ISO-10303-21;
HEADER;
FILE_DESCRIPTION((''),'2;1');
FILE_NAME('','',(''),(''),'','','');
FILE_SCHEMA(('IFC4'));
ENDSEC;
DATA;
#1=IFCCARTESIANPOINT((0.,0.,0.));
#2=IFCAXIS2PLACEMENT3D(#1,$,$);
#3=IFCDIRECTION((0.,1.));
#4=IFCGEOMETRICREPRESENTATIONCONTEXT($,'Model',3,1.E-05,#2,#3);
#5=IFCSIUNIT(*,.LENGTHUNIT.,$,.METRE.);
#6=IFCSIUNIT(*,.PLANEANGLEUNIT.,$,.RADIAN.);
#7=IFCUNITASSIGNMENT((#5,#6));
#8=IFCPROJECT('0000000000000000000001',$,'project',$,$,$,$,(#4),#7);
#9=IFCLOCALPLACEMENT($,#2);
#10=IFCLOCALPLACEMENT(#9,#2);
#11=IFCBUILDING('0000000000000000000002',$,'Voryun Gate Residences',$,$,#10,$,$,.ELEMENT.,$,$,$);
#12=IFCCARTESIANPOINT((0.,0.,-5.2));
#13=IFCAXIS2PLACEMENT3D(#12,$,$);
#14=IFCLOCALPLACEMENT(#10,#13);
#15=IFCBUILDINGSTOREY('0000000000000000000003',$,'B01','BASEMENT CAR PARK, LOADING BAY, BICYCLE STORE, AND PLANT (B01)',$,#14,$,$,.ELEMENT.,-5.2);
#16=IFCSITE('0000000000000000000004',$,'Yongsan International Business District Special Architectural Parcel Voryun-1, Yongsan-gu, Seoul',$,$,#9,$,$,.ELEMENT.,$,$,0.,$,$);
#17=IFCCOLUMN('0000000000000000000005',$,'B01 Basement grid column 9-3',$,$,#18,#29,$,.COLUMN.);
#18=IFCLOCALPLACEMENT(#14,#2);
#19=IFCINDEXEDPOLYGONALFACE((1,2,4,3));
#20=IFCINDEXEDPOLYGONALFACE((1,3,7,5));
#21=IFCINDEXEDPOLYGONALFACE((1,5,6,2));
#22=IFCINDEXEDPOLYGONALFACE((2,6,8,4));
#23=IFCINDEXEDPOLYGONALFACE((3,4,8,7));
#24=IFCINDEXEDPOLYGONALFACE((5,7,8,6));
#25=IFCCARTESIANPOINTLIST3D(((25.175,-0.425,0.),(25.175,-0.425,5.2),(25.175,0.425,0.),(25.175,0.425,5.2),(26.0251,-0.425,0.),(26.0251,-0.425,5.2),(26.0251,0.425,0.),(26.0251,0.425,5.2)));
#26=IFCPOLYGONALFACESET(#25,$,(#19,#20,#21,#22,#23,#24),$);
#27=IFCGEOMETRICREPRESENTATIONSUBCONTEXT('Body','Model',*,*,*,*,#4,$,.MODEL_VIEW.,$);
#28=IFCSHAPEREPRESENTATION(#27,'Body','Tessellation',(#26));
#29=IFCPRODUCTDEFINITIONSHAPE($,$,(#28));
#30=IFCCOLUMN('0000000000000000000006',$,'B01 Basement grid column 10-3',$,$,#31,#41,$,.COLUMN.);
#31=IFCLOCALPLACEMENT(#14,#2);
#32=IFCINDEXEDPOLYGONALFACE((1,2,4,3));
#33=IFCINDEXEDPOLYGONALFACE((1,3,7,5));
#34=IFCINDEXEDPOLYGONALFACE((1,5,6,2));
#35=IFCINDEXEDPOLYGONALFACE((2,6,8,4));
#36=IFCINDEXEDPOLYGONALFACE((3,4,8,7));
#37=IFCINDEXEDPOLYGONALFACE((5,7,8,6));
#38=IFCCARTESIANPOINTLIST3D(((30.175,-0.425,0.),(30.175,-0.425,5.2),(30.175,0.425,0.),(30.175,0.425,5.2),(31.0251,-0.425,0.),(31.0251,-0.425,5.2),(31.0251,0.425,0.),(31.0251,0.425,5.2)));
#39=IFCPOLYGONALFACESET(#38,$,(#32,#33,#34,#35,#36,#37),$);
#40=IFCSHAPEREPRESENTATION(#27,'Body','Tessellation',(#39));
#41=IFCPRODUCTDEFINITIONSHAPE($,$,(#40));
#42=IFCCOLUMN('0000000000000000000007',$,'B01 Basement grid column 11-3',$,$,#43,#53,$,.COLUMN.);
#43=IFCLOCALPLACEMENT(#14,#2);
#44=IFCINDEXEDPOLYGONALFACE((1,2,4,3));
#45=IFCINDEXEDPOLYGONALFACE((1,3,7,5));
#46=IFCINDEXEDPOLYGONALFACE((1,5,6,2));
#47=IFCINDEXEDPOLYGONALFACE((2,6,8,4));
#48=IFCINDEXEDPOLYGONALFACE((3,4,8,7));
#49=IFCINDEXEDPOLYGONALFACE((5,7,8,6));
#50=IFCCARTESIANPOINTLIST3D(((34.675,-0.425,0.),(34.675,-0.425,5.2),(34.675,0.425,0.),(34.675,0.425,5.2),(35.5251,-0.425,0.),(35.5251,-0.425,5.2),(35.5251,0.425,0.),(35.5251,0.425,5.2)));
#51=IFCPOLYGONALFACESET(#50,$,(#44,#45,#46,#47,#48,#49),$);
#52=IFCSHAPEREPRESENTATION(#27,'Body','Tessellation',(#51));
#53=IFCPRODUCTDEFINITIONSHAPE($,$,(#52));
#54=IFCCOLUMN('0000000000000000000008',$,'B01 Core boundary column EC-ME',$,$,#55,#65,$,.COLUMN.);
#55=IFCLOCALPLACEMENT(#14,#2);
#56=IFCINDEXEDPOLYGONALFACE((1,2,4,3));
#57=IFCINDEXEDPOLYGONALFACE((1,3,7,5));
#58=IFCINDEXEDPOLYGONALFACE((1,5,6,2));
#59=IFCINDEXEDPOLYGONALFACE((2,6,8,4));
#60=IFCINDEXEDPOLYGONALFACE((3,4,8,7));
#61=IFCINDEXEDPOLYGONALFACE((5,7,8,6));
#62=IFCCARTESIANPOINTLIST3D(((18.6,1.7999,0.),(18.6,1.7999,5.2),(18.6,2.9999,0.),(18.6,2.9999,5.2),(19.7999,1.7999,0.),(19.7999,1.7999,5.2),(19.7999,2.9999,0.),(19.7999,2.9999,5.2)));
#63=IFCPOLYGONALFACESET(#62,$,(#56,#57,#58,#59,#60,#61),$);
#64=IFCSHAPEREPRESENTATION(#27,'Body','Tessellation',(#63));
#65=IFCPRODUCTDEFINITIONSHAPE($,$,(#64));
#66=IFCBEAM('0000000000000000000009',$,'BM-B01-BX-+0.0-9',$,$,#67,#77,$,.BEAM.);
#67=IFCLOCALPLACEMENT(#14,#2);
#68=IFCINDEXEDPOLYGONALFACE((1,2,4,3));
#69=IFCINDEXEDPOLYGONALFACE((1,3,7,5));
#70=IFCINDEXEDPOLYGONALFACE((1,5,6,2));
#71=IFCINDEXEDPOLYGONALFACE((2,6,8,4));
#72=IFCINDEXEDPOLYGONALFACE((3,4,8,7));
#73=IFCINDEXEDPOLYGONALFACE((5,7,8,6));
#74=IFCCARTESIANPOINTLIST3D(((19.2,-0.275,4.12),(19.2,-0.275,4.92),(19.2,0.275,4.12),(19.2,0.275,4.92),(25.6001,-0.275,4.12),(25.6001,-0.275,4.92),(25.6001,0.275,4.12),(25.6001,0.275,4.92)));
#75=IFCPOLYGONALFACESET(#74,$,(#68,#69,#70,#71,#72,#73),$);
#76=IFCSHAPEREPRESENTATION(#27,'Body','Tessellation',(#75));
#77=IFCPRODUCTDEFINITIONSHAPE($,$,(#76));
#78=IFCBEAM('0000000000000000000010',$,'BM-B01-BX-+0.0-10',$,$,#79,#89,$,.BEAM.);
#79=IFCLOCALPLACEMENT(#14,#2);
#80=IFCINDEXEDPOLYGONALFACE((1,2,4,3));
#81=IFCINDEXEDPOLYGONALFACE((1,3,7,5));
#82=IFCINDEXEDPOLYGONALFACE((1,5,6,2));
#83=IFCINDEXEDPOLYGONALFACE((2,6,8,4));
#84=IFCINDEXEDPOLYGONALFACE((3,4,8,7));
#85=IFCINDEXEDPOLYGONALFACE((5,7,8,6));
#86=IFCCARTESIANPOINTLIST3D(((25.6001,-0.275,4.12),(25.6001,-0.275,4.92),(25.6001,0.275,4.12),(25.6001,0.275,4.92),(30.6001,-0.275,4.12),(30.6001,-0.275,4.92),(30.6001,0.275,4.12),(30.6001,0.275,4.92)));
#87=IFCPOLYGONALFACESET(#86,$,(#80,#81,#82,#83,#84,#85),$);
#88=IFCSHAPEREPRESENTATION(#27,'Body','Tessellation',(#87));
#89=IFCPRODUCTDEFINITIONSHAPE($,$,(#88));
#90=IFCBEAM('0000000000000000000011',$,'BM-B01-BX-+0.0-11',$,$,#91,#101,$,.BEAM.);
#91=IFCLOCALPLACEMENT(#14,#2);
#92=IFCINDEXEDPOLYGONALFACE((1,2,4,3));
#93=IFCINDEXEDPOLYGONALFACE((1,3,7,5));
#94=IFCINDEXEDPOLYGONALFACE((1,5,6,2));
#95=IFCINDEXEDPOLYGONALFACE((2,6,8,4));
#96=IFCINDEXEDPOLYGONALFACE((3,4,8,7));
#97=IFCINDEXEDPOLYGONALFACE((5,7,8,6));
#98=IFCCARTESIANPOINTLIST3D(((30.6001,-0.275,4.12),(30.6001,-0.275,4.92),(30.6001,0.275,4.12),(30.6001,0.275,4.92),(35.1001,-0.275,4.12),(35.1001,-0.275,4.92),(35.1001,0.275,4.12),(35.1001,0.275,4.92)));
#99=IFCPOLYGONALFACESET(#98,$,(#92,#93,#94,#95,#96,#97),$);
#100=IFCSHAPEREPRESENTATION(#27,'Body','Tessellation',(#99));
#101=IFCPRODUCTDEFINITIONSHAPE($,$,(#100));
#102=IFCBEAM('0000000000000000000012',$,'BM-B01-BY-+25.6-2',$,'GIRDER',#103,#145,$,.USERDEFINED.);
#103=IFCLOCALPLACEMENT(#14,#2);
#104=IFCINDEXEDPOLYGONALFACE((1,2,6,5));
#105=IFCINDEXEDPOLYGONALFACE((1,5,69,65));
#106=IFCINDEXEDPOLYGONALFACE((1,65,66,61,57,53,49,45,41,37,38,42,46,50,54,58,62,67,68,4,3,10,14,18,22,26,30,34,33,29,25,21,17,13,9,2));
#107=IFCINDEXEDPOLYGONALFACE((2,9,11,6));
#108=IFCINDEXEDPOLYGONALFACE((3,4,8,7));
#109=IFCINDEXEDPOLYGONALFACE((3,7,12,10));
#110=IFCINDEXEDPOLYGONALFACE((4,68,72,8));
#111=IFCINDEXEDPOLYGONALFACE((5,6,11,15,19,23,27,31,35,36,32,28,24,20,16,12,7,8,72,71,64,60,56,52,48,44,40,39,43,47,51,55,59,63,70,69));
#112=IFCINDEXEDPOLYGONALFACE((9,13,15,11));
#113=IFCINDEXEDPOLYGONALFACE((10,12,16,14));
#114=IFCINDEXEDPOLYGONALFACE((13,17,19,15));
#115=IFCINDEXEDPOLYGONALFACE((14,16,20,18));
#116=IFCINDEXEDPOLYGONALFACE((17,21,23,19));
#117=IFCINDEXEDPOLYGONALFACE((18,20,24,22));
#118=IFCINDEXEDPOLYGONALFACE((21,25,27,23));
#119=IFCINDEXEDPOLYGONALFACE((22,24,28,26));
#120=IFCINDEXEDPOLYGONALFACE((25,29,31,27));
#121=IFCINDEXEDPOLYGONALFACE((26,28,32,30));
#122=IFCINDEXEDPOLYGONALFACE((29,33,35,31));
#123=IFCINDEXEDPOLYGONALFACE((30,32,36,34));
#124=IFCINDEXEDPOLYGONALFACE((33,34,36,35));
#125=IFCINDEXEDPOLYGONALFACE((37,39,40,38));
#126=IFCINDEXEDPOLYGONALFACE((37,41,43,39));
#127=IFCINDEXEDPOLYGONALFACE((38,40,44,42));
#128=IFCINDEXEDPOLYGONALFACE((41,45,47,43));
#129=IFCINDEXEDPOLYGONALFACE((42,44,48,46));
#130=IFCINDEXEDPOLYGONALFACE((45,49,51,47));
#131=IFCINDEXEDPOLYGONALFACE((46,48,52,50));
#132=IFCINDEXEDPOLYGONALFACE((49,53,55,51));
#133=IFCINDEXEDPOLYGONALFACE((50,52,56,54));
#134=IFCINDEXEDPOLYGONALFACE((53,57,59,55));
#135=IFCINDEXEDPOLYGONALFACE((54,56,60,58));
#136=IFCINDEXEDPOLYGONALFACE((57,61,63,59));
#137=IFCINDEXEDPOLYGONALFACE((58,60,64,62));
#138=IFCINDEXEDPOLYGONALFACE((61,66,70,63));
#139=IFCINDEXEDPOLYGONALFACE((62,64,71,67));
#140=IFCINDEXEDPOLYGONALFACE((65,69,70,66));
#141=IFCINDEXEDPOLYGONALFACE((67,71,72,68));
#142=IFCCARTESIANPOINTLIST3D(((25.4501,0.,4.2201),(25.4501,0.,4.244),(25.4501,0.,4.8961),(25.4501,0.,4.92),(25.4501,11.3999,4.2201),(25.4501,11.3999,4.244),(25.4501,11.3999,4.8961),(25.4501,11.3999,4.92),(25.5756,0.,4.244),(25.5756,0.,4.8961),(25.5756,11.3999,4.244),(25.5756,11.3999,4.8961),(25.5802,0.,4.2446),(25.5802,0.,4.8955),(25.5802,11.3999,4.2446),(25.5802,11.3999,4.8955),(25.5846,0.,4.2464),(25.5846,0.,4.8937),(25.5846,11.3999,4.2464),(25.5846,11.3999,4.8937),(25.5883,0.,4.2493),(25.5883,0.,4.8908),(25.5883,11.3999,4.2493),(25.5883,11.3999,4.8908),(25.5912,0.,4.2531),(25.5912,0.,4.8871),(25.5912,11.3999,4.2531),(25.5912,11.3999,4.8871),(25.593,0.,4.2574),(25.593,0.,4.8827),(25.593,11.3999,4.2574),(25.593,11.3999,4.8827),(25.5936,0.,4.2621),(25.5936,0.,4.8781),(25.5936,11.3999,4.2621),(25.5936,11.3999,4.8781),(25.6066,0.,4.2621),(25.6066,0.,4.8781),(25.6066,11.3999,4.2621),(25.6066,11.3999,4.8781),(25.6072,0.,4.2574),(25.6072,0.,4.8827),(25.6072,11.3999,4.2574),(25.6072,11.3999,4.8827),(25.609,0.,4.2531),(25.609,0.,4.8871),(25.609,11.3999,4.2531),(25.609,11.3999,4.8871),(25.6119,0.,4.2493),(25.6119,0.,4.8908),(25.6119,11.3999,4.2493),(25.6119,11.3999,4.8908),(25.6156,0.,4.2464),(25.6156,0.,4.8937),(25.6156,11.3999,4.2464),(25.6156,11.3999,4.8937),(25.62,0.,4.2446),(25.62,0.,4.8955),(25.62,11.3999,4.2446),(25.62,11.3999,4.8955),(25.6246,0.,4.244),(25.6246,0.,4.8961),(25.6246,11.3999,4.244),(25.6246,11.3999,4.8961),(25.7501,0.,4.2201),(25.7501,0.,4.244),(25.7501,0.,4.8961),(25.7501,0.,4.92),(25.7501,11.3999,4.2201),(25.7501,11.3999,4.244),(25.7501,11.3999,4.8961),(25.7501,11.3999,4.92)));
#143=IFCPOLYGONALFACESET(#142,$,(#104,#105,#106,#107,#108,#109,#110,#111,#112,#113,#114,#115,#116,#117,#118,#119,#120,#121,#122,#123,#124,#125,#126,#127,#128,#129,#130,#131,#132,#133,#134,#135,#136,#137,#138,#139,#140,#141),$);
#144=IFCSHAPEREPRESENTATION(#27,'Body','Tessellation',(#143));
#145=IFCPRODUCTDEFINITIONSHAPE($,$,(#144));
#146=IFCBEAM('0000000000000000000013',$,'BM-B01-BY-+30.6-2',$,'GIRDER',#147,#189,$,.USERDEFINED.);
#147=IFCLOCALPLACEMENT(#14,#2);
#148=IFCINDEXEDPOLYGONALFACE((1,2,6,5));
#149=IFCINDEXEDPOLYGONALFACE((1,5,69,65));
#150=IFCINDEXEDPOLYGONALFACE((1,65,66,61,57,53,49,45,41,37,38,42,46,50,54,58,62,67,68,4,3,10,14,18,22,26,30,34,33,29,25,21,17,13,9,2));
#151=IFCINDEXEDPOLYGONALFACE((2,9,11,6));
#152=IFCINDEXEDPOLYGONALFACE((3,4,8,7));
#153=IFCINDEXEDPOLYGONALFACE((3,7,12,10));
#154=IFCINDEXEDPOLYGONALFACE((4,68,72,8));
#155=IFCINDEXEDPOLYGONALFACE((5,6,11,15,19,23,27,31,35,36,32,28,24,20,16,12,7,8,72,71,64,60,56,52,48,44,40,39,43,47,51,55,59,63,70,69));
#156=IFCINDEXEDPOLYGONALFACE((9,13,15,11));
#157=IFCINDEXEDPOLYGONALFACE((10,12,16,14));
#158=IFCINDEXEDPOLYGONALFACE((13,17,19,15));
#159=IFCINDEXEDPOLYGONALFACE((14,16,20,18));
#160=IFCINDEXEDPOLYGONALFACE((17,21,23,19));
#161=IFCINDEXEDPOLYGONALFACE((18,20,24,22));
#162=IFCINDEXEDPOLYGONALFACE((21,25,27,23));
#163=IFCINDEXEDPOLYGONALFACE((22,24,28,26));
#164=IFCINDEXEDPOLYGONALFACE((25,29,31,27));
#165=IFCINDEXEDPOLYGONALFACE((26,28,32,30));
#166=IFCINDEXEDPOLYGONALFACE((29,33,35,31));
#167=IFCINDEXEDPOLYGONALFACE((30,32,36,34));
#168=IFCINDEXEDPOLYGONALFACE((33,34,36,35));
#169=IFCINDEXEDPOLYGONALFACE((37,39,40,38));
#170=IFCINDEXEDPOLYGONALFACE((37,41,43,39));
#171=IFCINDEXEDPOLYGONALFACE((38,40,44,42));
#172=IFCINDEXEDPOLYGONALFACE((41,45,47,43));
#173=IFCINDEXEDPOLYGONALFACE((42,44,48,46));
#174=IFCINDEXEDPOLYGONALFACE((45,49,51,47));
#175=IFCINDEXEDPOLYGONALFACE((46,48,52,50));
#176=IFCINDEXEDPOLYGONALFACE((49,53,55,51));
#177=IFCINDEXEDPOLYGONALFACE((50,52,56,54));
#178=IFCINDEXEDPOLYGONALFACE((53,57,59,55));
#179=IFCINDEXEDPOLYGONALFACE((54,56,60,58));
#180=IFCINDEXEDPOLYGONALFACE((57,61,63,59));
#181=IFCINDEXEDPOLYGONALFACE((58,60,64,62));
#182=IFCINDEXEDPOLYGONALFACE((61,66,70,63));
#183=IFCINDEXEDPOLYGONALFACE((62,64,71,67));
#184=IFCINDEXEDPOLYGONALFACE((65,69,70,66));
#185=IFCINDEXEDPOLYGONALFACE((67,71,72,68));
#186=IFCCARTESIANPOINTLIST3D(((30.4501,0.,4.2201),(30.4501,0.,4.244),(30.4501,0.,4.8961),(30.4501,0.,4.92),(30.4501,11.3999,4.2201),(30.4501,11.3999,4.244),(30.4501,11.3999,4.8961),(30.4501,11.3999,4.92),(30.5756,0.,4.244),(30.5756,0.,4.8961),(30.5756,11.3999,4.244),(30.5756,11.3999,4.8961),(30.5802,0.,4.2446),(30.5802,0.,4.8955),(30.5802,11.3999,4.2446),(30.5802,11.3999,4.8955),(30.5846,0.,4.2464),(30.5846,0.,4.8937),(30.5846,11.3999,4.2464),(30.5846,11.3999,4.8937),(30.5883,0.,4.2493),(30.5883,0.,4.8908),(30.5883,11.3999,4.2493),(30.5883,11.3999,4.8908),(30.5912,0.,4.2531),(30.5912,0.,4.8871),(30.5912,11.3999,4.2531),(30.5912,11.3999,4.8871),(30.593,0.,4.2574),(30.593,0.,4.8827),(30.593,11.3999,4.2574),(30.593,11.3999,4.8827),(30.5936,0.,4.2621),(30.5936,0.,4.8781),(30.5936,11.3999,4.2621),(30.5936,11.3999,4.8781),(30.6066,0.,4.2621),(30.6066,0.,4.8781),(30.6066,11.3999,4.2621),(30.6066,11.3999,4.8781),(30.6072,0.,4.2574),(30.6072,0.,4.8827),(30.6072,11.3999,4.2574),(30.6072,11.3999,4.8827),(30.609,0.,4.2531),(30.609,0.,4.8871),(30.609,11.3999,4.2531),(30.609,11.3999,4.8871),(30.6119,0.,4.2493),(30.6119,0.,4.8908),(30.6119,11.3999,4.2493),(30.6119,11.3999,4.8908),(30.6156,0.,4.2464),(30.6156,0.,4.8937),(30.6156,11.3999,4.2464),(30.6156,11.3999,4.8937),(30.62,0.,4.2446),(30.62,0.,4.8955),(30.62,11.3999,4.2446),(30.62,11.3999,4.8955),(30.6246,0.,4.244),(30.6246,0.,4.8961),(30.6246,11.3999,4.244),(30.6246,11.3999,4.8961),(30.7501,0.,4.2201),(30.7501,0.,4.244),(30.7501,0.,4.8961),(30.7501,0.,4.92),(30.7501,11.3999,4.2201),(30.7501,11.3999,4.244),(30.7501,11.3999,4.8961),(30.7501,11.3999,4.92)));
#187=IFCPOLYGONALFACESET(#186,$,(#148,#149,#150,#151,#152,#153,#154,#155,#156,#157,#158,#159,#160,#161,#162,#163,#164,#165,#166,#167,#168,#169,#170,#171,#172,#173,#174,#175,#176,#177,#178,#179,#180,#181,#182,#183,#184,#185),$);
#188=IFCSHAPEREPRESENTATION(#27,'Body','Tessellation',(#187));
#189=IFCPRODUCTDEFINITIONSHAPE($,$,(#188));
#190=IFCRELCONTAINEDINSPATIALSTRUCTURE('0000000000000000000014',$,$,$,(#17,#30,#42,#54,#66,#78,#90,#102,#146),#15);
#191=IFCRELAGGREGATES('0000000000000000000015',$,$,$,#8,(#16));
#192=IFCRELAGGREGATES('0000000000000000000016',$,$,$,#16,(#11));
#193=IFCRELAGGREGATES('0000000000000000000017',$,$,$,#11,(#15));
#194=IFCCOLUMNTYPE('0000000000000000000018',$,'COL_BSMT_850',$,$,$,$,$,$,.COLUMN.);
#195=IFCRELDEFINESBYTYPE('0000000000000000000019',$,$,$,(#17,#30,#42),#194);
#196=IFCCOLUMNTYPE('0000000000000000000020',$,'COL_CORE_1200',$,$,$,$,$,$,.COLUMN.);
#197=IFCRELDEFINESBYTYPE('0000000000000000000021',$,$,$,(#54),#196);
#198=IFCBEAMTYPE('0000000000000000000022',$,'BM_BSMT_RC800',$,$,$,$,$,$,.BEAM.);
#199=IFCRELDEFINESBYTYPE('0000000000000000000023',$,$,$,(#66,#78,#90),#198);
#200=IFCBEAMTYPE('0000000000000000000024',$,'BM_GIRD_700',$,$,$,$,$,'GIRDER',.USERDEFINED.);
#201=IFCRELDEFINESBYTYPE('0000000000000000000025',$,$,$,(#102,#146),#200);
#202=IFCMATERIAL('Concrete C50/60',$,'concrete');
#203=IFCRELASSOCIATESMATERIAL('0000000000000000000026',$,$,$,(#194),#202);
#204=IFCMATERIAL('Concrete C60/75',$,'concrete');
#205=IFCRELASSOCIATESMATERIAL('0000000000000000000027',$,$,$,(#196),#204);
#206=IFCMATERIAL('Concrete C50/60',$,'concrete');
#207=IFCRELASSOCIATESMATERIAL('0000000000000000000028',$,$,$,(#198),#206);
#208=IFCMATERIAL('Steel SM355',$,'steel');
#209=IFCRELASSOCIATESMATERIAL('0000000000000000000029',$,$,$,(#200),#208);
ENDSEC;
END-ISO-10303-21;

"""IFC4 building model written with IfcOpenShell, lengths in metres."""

from ifc_helpers import new_model, si_unit, direction, frame, origin, origin_2d, place, context, subcontext, project, spatial, rectangle, i_section, extrude, material, material_profile, profile_set, type_object, element, save


model = new_model("IFC4")

# Units and contexts
model_context = context("Model", 3, precision=1e-05, world=origin(), true_north=direction((0.0, 1.0)))
body_context = subcontext(model_context, "Body", "Model", "MODEL_VIEW")
ifc_project = project(units=[si_unit("LENGTHUNIT", "METRE"), si_unit("PLANEANGLEUNIT", "RADIAN")], contexts=[model_context])

# Site, building, storey
site_placement = place(None, origin())
site = spatial("IfcSite", under=ifc_project, at=site_placement, Name="Yongsan International Business District Special Architectural Parcel Voryun-1, Yongsan-gu, Seoul", CompositionType="ELEMENT", RefElevation=0.0)
building_placement = place(site_placement, origin())
building = spatial("IfcBuilding", under=site, at=building_placement, Name="Voryun Gate Residences", CompositionType="ELEMENT")
storey_placement = place(building_placement, frame((0.0, 0.0, -5.2)))
storey = spatial("IfcBuildingStorey", under=building, at=storey_placement, Name="B01", Description="BASEMENT CAR PARK, LOADING BAY, BICYCLE STORE, AND PLANT (B01)", CompositionType="ELEMENT", Elevation=-5.2)

# Columns
ifc_material_1 = material(Name="Concrete C50/60", Category="concrete")
ifc_material_profile_1 = material_profile(ifc_material_1, rectangle(XDim=0.8501, YDim=0.8501, at=origin_2d()), Name="RC-850x850")
ifc_profile_set_1 = profile_set([ifc_material_profile_1], Name="Concrete C50/60")
column_type_1 = type_object("IfcColumnType", Name="COL_BSMT_850", PredefinedType="COLUMN", material=ifc_profile_set_1)
for number, where, z_axis, x_axis, name in (
    (1, (25.6001, 0.0, 0.0), (0.0, 0.0, 1.0), (1.0, 0.0, 0.0), "B01 Basement grid column 9-3"),
    (2, (30.6001, 0.0, 0.0), (0.0, 0.0, 1.0), (1.0, 0.0, 0.0), "B01 Basement grid column 10-3"),
    (3, (35.1001, 0.0, 0.0), (0.0, 0.0, 1.0), (1.0, 0.0, 0.0), "B01 Basement grid column 11-3"),
):
    element("IfcColumn", number, at=place(storey_placement, frame(where, z_axis=z_axis, x_axis=x_axis)), inside=storey, type_object=column_type_1, Name=name, PredefinedType="COLUMN", context=body_context, shape_type="SweptSolid", body=[
        extrude(rectangle(XDim=0.8501, YDim=0.8501, at=origin_2d()), origin(), (0.0, 0.0, 1.0), 5.2),
    ])
ifc_material_2 = material(Name="Concrete C60/75", Category="concrete")
ifc_material_profile_2 = material_profile(ifc_material_2, rectangle(XDim=1.2, YDim=1.2, at=origin_2d()), Name="RC-1200x1200")
ifc_profile_set_2 = profile_set([ifc_material_profile_2], Name="Concrete C60/75")
column_type_2 = type_object("IfcColumnType", Name="COL_CORE_1200", PredefinedType="COLUMN", material=ifc_profile_set_2)
column_placement = place(storey_placement, frame((19.2, 2.3999, 0.0), z_axis=(0.0, 0.0, 1.0), x_axis=(1.0, 0.0, 0.0)))
element("IfcColumn", 4, at=column_placement, inside=storey, type_object=column_type_2, Name="B01 Core boundary column EC-ME", PredefinedType="COLUMN", context=body_context, shape_type="SweptSolid", body=[
    extrude(rectangle(XDim=1.2, YDim=1.2, at=origin_2d()), origin(), (0.0, 0.0, 1.0), 5.2),
])

# Beams
ifc_material_3 = material(Name="Concrete C50/60", Category="concrete")
ifc_material_profile_3 = material_profile(ifc_material_3, rectangle(XDim=0.55, YDim=0.8, at=origin_2d()), Name="RC-550x800")
ifc_profile_set_3 = profile_set([ifc_material_profile_3], Name="Concrete C50/60")
beam_type_1 = type_object("IfcBeamType", Name="BM_BSMT_RC800", PredefinedType="BEAM", material=ifc_profile_set_3)
beam_1_placement = place(storey_placement, frame((19.2, 0.0, 4.52), z_axis=(1.0, 0.0, 0.0), x_axis=(0.0, 1.0, 0.0)))
element("IfcBeam", 5, at=beam_1_placement, inside=storey, type_object=beam_type_1, Name="BM-B01-BX-+0.0-9", PredefinedType="BEAM", context=body_context, shape_type="SweptSolid", body=[
    extrude(rectangle(XDim=0.55, YDim=0.8, at=origin_2d()), origin(), (0.0, 0.0, 1.0), 6.4001),
])
beam_2_placement = place(storey_placement, frame((25.6001, 0.0, 4.52), z_axis=(1.0, 0.0, 0.0), x_axis=(0.0, 1.0, 0.0)))
element("IfcBeam", 6, at=beam_2_placement, inside=storey, type_object=beam_type_1, Name="BM-B01-BX-+0.0-10", PredefinedType="BEAM", context=body_context, shape_type="SweptSolid", body=[
    extrude(rectangle(XDim=0.55, YDim=0.8, at=origin_2d()), origin(), (0.0, 0.0, 1.0), 5.0),
])
beam_3_placement = place(storey_placement, frame((30.6001, 0.0, 4.52), z_axis=(1.0, 0.0, 0.0), x_axis=(0.0, 1.0, 0.0)))
element("IfcBeam", 7, at=beam_3_placement, inside=storey, type_object=beam_type_1, Name="BM-B01-BX-+0.0-11", PredefinedType="BEAM", context=body_context, shape_type="SweptSolid", body=[
    extrude(rectangle(XDim=0.55, YDim=0.8, at=origin_2d()), origin(), (0.0, 0.0, 1.0), 4.5),
])
ifc_material_4 = material(Name="Steel SM355", Category="steel")
ifc_material_profile_4 = material_profile(ifc_material_4, i_section(OverallWidth=0.3, OverallDepth=0.7, WebThickness=0.0129, FlangeThickness=0.0239, FilletRadius=0.0181, at=origin_2d()), Name="H-700x300x13x24")
ifc_profile_set_4 = profile_set([ifc_material_profile_4], Name="Steel SM355")
beam_type_2 = type_object("IfcBeamType", Name="BM_GIRD_700", ElementType="GIRDER", PredefinedType="USERDEFINED", material=ifc_profile_set_4)
for number, where, z_axis, x_axis, name in (
    (8, (25.6001, 0.0, 4.5701), (0.0, 1.0, 0.0), (-1.0, 0.0, 0.0), "BM-B01-BY-+25.6-2"),
    (9, (30.6001, 0.0, 4.5701), (0.0, 1.0, 0.0), (-1.0, 0.0, 0.0), "BM-B01-BY-+30.6-2"),
):
    element("IfcBeam", number, at=place(storey_placement, frame(where, z_axis=z_axis, x_axis=x_axis)), inside=storey, type_object=beam_type_2, Name=name, ObjectType="GIRDER", PredefinedType="USERDEFINED", context=body_context, shape_type="SweptSolid", body=[
        extrude(i_section(OverallWidth=0.3, OverallDepth=0.7, WebThickness=0.0129, FlangeThickness=0.0239, FilletRadius=0.0181, at=origin_2d()), origin(), (0.0, 0.0, 1.0), 11.3999),
    ])

save(model, "model.ifc")
